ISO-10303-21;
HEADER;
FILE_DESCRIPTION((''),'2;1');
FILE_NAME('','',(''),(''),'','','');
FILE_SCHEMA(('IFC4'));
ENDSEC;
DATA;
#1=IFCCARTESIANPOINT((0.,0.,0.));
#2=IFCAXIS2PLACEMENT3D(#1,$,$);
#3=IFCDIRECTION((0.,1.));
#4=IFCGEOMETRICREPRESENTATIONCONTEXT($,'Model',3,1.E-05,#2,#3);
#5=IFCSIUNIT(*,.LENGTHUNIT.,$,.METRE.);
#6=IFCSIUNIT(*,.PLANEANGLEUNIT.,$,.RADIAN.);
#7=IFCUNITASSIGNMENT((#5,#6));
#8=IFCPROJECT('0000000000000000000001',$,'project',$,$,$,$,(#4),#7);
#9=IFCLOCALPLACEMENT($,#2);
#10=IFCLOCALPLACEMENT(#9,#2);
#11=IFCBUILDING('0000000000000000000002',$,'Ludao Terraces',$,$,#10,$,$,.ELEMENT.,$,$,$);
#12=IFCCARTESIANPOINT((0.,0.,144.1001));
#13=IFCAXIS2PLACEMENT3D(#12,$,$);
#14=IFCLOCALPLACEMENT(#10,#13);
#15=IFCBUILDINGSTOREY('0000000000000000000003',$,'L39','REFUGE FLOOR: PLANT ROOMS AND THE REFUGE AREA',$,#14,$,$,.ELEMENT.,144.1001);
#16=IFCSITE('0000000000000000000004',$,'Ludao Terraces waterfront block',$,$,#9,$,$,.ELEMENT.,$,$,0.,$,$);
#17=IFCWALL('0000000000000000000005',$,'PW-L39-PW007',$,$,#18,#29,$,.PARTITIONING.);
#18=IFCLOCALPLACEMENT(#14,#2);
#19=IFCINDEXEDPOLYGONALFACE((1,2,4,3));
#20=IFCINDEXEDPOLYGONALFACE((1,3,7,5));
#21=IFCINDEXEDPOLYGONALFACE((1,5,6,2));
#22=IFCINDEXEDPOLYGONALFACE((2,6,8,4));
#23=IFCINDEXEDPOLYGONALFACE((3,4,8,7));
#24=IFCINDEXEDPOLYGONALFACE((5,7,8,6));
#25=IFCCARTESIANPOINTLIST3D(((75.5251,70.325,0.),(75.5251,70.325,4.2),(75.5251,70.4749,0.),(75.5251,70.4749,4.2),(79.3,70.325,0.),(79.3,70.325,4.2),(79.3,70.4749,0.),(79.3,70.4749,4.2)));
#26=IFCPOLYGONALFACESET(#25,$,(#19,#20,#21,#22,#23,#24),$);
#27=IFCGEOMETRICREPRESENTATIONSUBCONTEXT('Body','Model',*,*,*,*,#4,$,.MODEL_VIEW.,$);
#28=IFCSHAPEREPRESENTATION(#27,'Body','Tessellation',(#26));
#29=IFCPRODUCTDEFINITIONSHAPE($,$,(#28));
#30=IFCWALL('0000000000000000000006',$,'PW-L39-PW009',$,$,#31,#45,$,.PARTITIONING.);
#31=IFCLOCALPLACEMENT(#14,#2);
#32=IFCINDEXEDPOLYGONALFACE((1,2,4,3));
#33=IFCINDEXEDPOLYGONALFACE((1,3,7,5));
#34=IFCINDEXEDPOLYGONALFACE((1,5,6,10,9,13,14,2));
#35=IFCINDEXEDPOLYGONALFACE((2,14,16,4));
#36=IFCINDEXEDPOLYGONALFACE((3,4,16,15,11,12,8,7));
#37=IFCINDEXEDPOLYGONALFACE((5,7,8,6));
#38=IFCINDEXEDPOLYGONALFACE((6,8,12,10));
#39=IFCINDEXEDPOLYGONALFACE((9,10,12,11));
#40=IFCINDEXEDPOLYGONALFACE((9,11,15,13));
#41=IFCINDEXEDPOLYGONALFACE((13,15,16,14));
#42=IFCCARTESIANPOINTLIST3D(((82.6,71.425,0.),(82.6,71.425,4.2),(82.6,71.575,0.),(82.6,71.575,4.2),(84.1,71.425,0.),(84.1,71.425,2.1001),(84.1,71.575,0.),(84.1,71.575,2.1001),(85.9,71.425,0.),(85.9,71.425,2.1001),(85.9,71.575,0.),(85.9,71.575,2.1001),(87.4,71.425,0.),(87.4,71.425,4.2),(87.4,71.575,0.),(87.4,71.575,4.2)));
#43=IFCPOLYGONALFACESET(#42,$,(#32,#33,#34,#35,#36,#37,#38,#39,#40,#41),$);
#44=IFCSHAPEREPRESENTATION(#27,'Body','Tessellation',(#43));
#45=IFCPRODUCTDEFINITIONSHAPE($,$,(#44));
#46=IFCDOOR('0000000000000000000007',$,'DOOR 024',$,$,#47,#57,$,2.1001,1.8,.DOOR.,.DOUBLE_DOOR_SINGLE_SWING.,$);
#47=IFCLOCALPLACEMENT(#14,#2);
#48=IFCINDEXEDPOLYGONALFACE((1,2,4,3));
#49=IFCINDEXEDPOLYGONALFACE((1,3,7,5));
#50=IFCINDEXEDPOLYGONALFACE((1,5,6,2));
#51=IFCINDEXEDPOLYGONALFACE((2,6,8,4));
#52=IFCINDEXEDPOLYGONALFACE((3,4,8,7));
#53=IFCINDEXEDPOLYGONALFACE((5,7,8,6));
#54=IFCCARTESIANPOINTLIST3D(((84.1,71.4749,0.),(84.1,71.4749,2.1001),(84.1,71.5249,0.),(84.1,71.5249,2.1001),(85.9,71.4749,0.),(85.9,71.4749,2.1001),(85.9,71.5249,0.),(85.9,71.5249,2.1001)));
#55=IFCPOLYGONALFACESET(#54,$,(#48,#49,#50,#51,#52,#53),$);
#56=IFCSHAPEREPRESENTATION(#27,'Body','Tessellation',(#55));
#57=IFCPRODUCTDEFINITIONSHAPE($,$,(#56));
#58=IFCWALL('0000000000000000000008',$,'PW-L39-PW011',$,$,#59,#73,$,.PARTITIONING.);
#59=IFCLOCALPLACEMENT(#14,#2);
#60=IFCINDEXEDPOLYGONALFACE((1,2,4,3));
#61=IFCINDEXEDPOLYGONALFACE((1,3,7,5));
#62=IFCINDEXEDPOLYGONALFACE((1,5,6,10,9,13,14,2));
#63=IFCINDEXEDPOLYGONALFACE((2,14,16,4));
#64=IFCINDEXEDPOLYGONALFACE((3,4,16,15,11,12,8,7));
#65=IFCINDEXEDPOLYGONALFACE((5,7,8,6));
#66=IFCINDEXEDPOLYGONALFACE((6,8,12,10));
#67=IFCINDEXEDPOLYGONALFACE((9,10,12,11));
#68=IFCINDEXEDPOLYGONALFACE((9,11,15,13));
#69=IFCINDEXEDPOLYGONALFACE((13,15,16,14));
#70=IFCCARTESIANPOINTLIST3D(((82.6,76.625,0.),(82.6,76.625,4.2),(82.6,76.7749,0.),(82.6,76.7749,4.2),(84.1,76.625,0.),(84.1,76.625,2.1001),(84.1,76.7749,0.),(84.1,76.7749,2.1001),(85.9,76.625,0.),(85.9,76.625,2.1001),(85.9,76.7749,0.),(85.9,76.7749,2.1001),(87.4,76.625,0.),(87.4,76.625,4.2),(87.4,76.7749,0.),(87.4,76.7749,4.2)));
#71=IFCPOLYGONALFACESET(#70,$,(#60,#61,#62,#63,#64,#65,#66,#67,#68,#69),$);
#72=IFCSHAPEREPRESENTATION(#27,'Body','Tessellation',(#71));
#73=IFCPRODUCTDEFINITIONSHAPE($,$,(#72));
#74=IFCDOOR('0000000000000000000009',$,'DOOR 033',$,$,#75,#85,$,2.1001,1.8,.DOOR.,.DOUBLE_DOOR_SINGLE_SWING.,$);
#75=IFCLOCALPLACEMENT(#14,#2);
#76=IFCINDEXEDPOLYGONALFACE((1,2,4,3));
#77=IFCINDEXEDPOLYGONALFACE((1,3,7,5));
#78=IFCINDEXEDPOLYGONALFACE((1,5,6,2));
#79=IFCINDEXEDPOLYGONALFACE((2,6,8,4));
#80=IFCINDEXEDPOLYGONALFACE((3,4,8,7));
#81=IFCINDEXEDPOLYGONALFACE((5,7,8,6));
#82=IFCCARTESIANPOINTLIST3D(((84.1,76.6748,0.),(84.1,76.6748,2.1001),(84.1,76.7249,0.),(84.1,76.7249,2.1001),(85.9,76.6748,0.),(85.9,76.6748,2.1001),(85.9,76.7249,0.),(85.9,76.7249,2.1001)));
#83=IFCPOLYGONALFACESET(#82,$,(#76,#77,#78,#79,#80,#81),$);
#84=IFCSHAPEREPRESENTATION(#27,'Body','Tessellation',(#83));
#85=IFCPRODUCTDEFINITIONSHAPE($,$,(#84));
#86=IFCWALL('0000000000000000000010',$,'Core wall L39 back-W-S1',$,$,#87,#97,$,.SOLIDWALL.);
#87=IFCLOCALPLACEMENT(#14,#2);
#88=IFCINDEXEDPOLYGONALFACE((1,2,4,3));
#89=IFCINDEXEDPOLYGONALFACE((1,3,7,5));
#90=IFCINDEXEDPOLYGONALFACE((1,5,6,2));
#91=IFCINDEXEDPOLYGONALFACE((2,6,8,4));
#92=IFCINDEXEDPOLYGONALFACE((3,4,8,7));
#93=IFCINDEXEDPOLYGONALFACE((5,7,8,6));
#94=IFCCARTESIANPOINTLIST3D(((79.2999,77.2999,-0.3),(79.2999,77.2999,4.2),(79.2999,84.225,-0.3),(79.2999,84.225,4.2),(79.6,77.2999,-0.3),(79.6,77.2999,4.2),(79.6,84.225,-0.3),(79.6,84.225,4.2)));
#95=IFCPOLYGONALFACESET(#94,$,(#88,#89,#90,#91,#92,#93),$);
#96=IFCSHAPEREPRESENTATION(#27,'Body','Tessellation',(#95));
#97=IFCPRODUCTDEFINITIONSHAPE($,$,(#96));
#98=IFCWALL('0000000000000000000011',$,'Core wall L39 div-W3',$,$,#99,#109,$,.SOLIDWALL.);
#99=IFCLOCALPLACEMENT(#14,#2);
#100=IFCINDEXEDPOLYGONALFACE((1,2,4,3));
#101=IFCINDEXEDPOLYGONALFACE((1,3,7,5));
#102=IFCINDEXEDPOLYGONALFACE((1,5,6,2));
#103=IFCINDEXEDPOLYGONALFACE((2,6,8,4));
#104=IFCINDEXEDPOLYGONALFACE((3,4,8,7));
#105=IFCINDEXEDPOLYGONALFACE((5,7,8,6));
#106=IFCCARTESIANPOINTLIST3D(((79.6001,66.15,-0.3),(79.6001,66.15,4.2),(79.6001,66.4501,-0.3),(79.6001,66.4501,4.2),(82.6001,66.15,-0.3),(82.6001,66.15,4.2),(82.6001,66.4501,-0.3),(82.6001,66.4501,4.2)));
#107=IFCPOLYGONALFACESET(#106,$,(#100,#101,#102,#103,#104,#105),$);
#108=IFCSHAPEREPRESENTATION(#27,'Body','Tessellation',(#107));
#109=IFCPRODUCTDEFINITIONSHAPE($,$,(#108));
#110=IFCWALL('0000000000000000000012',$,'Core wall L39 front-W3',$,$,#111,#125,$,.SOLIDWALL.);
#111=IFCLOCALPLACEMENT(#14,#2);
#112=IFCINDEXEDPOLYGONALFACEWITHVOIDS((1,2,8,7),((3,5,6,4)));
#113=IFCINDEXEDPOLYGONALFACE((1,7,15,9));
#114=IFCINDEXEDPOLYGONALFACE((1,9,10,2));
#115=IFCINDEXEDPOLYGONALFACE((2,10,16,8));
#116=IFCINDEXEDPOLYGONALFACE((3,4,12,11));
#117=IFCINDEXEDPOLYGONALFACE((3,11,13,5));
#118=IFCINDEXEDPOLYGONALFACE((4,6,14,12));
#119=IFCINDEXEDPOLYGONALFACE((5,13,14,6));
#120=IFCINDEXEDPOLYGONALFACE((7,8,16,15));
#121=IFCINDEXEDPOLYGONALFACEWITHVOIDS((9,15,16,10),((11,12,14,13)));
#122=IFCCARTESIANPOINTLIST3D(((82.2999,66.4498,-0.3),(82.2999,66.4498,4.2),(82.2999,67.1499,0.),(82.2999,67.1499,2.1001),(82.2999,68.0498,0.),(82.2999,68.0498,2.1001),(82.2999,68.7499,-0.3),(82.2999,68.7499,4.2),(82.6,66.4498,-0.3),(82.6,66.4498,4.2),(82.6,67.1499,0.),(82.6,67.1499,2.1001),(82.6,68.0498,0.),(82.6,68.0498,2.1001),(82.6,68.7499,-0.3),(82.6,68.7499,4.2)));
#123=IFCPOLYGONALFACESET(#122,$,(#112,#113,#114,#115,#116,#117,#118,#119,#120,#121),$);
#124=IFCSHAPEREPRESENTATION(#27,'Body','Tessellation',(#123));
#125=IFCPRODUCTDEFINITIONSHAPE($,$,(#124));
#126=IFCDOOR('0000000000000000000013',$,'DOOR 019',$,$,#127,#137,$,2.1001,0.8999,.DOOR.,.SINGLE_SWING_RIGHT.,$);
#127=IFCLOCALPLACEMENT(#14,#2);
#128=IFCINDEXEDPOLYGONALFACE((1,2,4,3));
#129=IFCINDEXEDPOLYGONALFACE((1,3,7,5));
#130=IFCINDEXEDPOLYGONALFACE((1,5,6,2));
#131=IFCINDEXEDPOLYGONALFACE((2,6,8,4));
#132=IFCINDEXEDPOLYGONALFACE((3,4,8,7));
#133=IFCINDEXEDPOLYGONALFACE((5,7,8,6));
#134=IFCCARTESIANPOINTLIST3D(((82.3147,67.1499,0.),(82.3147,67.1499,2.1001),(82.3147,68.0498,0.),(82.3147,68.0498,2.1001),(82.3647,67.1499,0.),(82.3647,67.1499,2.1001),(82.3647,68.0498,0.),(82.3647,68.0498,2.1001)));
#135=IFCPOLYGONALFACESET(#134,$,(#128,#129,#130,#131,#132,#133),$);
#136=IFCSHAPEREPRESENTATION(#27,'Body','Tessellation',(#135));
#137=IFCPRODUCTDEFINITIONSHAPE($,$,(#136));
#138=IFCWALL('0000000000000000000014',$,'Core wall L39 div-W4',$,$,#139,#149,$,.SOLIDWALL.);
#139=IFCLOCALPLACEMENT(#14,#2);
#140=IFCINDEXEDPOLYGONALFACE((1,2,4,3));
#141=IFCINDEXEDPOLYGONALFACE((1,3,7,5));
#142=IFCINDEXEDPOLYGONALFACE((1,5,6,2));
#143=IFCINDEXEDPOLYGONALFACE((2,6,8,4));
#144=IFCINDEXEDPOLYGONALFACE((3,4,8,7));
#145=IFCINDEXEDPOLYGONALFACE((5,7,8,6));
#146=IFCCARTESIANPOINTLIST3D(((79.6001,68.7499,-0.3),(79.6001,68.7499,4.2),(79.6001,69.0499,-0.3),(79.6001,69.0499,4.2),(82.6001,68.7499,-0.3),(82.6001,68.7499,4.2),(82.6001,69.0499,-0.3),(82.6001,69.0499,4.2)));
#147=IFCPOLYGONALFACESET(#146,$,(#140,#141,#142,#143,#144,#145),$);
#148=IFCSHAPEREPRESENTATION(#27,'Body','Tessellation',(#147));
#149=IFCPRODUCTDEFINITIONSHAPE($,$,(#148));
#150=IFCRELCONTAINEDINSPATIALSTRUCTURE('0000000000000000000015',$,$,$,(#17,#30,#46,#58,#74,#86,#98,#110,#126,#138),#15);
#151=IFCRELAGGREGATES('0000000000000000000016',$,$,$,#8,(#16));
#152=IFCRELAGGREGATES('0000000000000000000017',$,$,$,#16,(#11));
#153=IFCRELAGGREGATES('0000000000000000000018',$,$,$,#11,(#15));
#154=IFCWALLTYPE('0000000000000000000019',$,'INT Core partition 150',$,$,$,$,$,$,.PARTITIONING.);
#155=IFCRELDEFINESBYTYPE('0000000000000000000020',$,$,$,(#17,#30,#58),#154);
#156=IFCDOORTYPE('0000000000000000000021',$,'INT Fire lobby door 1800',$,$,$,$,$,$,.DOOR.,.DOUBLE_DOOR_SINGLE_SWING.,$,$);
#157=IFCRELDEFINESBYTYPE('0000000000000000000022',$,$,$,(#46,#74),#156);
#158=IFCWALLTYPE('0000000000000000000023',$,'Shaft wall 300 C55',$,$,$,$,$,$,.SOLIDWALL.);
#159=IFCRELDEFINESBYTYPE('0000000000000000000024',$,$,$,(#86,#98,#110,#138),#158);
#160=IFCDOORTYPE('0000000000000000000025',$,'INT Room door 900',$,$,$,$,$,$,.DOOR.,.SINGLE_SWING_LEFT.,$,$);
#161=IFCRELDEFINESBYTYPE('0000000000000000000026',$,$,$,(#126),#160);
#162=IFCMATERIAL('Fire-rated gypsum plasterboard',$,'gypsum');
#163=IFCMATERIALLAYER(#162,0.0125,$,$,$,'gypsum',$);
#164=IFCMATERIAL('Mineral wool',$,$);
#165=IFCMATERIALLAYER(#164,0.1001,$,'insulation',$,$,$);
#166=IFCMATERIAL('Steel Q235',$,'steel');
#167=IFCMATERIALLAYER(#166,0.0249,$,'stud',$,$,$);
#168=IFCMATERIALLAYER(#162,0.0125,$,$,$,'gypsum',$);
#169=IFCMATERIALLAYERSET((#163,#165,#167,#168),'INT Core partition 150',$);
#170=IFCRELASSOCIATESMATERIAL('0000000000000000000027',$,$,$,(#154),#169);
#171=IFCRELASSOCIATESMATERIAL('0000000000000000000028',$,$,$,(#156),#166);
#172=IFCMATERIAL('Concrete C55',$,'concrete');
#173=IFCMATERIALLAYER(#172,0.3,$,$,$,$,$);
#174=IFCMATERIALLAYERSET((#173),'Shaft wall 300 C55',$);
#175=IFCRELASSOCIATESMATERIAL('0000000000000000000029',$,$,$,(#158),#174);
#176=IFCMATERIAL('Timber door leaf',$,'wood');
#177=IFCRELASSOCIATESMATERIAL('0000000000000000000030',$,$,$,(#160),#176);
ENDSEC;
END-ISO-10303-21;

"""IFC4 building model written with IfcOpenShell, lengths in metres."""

from ifc_helpers import new_model, si_unit, direction, frame, frame_2d, origin, place, context, subcontext, project, spatial, rectangle, extrude, material, layer, layer_set, type_object, element, fill, save


model = new_model("IFC4")

# Units and contexts
model_context = context("Model", 3, precision=1e-05, world=origin(), true_north=direction((0.0, 1.0)))
body_context = subcontext(model_context, "Body", "Model", "MODEL_VIEW")
ifc_project = project(units=[si_unit("LENGTHUNIT", "METRE"), si_unit("PLANEANGLEUNIT", "RADIAN")], contexts=[model_context])

# Site, building, storey
site_placement = place(None, origin())
site = spatial("IfcSite", under=ifc_project, at=site_placement, Name="Ludao Terraces waterfront block", CompositionType="ELEMENT", RefElevation=0.0)
building_placement = place(site_placement, origin())
building = spatial("IfcBuilding", under=site, at=building_placement, Name="Ludao Terraces", CompositionType="ELEMENT")
storey_placement = place(building_placement, frame((0.0, 0.0, 144.1001)))
storey = spatial("IfcBuildingStorey", under=building, at=storey_placement, Name="L39", Description="REFUGE FLOOR: PLANT ROOMS AND THE REFUGE AREA", CompositionType="ELEMENT", Elevation=144.1001)

# Wall
ifc_material_1 = material(Name="Fire-rated gypsum plasterboard", Category="gypsum")
ifc_layer_1 = layer(ifc_material_1, 0.0125, Category="gypsum")
ifc_material_2 = material(Name="Mineral wool")
ifc_layer_2 = layer(ifc_material_2, 0.1001, Name="insulation")
ifc_material_3 = material(Name="Steel Q235", Category="steel")
ifc_layer_3 = layer(ifc_material_3, 0.0249, Name="stud")
ifc_layer_4 = layer(ifc_material_1, 0.0125, Category="gypsum")
ifc_layer_set_1 = layer_set([ifc_layer_1, ifc_layer_2, ifc_layer_3, ifc_layer_4], Name="INT Core partition 150")
wall_type_1 = type_object("IfcWallType", Name="INT Core partition 150", PredefinedType="PARTITIONING", material=ifc_layer_set_1)
wall_1_placement = place(storey_placement, frame((75.5251, 70.3999, 0.0), z_axis=(0.0, 0.0, 1.0), x_axis=(1.0, 0.0, 0.0)))
element("IfcWall", 1, at=wall_1_placement, inside=storey, type_object=wall_type_1, Name="PW-L39-PW007", PredefinedType="PARTITIONING", context=body_context, shape_type="SweptSolid", body=[
    extrude(rectangle(XDim=3.7749, YDim=0.1499, at=frame_2d((1.8875, 0.0))), origin(), (0.0, 0.0, 1.0), 4.2),
])

# Walls, openings, doors
wall_2_placement = place(storey_placement, frame((82.6001, 71.5, 0.0), z_axis=(0.0, 0.0, 1.0), x_axis=(1.0, 0.0, 0.0)))
wall_2 = element("IfcWall", 2, at=wall_2_placement, inside=storey, type_object=wall_type_1, Name="PW-L39-PW009", PredefinedType="PARTITIONING", context=body_context, shape_type="SweptSolid", body=[
    extrude(rectangle(XDim=4.8, YDim=0.1499, at=frame_2d((2.3999, 0.0))), origin(), (0.0, 0.0, 1.0), 4.2),
])
opening_1_placement = place(wall_2_placement, frame((1.5, 0.0, 0.0)))
opening_1 = element("IfcOpeningElement", 3, at=opening_1_placement, cuts=wall_2, PredefinedType="OPENING", context=body_context, shape_type="SweptSolid", body=[
    extrude(rectangle(XDim=1.8, YDim=2.1001, at=frame_2d((0.8999, 1.05))), frame((0.0, 0.085, 0.0), z_axis=(0.0, -1.0, 0.0), x_axis=(1.0, 0.0, 0.0)), (0.0, 0.0, 1.0), 0.1699),
])
door_type_1 = type_object("IfcDoorType", Name="INT Fire lobby door 1800", OperationType="DOUBLE_DOOR_SINGLE_SWING", PredefinedType="DOOR", material=ifc_material_3)
door_1_placement = place(opening_1_placement, origin())
door_1 = element("IfcDoor", 4, at=door_1_placement, inside=storey, type_object=door_type_1, Name="DOOR 024", OperationType="DOUBLE_DOOR_SINGLE_SWING", OverallHeight=2.1001, OverallWidth=1.8, PredefinedType="DOOR", context=body_context, shape_type="SweptSolid", body=[
    extrude(rectangle(XDim=1.8, YDim=2.1001, at=frame_2d((0.8999, 1.05))), frame((0.0, 0.0249, 0.0), z_axis=(0.0, -1.0, 0.0), x_axis=(1.0, 0.0, 0.0)), (0.0, 0.0, 1.0), 0.05),
])
fill(opening_1, door_1)
wall_3_placement = place(storey_placement, frame((82.6001, 76.7, 0.0), z_axis=(0.0, 0.0, 1.0), x_axis=(1.0, 0.0, 0.0)))
wall_3 = element("IfcWall", 5, at=wall_3_placement, inside=storey, type_object=wall_type_1, Name="PW-L39-PW011", PredefinedType="PARTITIONING", context=body_context, shape_type="SweptSolid", body=[
    extrude(rectangle(XDim=4.8, YDim=0.1499, at=frame_2d((2.3999, 0.0))), origin(), (0.0, 0.0, 1.0), 4.2),
])
opening_2_placement = place(wall_3_placement, frame((1.5, 0.0, 0.0)))
opening_2 = element("IfcOpeningElement", 6, at=opening_2_placement, cuts=wall_3, PredefinedType="OPENING", context=body_context, shape_type="SweptSolid", body=[
    extrude(rectangle(XDim=1.8, YDim=2.1001, at=frame_2d((0.8999, 1.05))), frame((0.0, 0.085, 0.0), z_axis=(0.0, -1.0, 0.0), x_axis=(1.0, 0.0, 0.0)), (0.0, 0.0, 1.0), 0.1699),
])
door_2_placement = place(opening_2_placement, origin())
door_2 = element("IfcDoor", 7, at=door_2_placement, inside=storey, type_object=door_type_1, Name="DOOR 033", OperationType="DOUBLE_DOOR_SINGLE_SWING", OverallHeight=2.1001, OverallWidth=1.8, PredefinedType="DOOR", context=body_context, shape_type="SweptSolid", body=[
    extrude(rectangle(XDim=1.8, YDim=2.1001, at=frame_2d((0.8999, 1.05))), frame((0.0, 0.0249, 0.0), z_axis=(0.0, -1.0, 0.0), x_axis=(1.0, 0.0, 0.0)), (0.0, 0.0, 1.0), 0.05),
])
fill(opening_2, door_2)

# Walls
ifc_material_4 = material(Name="Concrete C55", Category="concrete")
ifc_layer_5 = layer(ifc_material_4, 0.3)
ifc_layer_set_2 = layer_set([ifc_layer_5], Name="Shaft wall 300 C55")
wall_type_2 = type_object("IfcWallType", Name="Shaft wall 300 C55", PredefinedType="SOLIDWALL", material=ifc_layer_set_2)
wall_4_placement = place(storey_placement, frame((79.45, 77.3, -0.3), z_axis=(0.0, 0.0, 1.0), x_axis=(0.0, 1.0, 0.0)))
element("IfcWall", 8, at=wall_4_placement, inside=storey, type_object=wall_type_2, Name="Core wall L39 back-W-S1", PredefinedType="SOLIDWALL", context=body_context, shape_type="SweptSolid", body=[
    extrude(rectangle(XDim=6.925, YDim=0.3, at=frame_2d((3.4624, 0.0))), origin(), (0.0, 0.0, 1.0), 4.5),
])
wall_5_placement = place(storey_placement, frame((79.6001, 66.3, -0.3), z_axis=(0.0, 0.0, 1.0), x_axis=(1.0, 0.0, 0.0)))
element("IfcWall", 9, at=wall_5_placement, inside=storey, type_object=wall_type_2, Name="Core wall L39 div-W3", PredefinedType="SOLIDWALL", context=body_context, shape_type="SweptSolid", body=[
    extrude(rectangle(XDim=3.0, YDim=0.3, at=frame_2d((1.5, 0.0))), origin(), (0.0, 0.0, 1.0), 4.5),
])

# Wall, opening, door
wall_6_placement = place(storey_placement, frame((82.45, 66.45, -0.3), z_axis=(0.0, 0.0, 1.0), x_axis=(0.0, 1.0, 0.0)))
wall_6 = element("IfcWall", 10, at=wall_6_placement, inside=storey, type_object=wall_type_2, Name="Core wall L39 front-W3", PredefinedType="SOLIDWALL", context=body_context, shape_type="SweptSolid", body=[
    extrude(rectangle(XDim=2.3, YDim=0.3, at=frame_2d((1.1499, 0.0))), origin(), (0.0, 0.0, 1.0), 4.5),
])
opening_3_placement = place(wall_6_placement, frame((0.7, 0.0, 0.3)))
opening_3 = element("IfcOpeningElement", 11, at=opening_3_placement, cuts=wall_6, PredefinedType="OPENING", context=body_context, shape_type="SweptSolid", body=[
    extrude(rectangle(XDim=0.8999, YDim=2.1001, at=frame_2d((0.45, 1.05))), frame((0.0, 0.1602, 0.0), z_axis=(0.0, -1.0, 0.0), x_axis=(1.0, 0.0, 0.0)), (0.0, 0.0, 1.0), 0.3201),
])
ifc_material_5 = material(Name="Timber door leaf", Category="wood")
door_type_2 = type_object("IfcDoorType", Name="INT Room door 900", OperationType="SINGLE_SWING_LEFT", PredefinedType="DOOR", material=ifc_material_5)
door_3_placement = place(opening_3_placement, origin())
door_3 = element("IfcDoor", 12, at=door_3_placement, inside=storey, type_object=door_type_2, Name="DOOR 019", OperationType="SINGLE_SWING_RIGHT", OverallHeight=2.1001, OverallWidth=0.8999, PredefinedType="DOOR", context=body_context, shape_type="SweptSolid", body=[
    extrude(rectangle(XDim=0.8999, YDim=2.1001, at=frame_2d((0.45, 1.05))), frame((0.0, 0.1353, 0.0), z_axis=(0.0, -1.0, 0.0), x_axis=(1.0, 0.0, 0.0)), (0.0, 0.0, 1.0), 0.05),
])
fill(opening_3, door_3)

# Wall
wall_7_placement = place(storey_placement, frame((79.6001, 68.8999, -0.3), z_axis=(0.0, 0.0, 1.0), x_axis=(1.0, 0.0, 0.0)))
element("IfcWall", 13, at=wall_7_placement, inside=storey, type_object=wall_type_2, Name="Core wall L39 div-W4", PredefinedType="SOLIDWALL", context=body_context, shape_type="SweptSolid", body=[
    extrude(rectangle(XDim=3.0, YDim=0.3, at=frame_2d((1.5, 0.0))), origin(), (0.0, 0.0, 1.0), 4.5),
])

save(model, "model.ifc")
